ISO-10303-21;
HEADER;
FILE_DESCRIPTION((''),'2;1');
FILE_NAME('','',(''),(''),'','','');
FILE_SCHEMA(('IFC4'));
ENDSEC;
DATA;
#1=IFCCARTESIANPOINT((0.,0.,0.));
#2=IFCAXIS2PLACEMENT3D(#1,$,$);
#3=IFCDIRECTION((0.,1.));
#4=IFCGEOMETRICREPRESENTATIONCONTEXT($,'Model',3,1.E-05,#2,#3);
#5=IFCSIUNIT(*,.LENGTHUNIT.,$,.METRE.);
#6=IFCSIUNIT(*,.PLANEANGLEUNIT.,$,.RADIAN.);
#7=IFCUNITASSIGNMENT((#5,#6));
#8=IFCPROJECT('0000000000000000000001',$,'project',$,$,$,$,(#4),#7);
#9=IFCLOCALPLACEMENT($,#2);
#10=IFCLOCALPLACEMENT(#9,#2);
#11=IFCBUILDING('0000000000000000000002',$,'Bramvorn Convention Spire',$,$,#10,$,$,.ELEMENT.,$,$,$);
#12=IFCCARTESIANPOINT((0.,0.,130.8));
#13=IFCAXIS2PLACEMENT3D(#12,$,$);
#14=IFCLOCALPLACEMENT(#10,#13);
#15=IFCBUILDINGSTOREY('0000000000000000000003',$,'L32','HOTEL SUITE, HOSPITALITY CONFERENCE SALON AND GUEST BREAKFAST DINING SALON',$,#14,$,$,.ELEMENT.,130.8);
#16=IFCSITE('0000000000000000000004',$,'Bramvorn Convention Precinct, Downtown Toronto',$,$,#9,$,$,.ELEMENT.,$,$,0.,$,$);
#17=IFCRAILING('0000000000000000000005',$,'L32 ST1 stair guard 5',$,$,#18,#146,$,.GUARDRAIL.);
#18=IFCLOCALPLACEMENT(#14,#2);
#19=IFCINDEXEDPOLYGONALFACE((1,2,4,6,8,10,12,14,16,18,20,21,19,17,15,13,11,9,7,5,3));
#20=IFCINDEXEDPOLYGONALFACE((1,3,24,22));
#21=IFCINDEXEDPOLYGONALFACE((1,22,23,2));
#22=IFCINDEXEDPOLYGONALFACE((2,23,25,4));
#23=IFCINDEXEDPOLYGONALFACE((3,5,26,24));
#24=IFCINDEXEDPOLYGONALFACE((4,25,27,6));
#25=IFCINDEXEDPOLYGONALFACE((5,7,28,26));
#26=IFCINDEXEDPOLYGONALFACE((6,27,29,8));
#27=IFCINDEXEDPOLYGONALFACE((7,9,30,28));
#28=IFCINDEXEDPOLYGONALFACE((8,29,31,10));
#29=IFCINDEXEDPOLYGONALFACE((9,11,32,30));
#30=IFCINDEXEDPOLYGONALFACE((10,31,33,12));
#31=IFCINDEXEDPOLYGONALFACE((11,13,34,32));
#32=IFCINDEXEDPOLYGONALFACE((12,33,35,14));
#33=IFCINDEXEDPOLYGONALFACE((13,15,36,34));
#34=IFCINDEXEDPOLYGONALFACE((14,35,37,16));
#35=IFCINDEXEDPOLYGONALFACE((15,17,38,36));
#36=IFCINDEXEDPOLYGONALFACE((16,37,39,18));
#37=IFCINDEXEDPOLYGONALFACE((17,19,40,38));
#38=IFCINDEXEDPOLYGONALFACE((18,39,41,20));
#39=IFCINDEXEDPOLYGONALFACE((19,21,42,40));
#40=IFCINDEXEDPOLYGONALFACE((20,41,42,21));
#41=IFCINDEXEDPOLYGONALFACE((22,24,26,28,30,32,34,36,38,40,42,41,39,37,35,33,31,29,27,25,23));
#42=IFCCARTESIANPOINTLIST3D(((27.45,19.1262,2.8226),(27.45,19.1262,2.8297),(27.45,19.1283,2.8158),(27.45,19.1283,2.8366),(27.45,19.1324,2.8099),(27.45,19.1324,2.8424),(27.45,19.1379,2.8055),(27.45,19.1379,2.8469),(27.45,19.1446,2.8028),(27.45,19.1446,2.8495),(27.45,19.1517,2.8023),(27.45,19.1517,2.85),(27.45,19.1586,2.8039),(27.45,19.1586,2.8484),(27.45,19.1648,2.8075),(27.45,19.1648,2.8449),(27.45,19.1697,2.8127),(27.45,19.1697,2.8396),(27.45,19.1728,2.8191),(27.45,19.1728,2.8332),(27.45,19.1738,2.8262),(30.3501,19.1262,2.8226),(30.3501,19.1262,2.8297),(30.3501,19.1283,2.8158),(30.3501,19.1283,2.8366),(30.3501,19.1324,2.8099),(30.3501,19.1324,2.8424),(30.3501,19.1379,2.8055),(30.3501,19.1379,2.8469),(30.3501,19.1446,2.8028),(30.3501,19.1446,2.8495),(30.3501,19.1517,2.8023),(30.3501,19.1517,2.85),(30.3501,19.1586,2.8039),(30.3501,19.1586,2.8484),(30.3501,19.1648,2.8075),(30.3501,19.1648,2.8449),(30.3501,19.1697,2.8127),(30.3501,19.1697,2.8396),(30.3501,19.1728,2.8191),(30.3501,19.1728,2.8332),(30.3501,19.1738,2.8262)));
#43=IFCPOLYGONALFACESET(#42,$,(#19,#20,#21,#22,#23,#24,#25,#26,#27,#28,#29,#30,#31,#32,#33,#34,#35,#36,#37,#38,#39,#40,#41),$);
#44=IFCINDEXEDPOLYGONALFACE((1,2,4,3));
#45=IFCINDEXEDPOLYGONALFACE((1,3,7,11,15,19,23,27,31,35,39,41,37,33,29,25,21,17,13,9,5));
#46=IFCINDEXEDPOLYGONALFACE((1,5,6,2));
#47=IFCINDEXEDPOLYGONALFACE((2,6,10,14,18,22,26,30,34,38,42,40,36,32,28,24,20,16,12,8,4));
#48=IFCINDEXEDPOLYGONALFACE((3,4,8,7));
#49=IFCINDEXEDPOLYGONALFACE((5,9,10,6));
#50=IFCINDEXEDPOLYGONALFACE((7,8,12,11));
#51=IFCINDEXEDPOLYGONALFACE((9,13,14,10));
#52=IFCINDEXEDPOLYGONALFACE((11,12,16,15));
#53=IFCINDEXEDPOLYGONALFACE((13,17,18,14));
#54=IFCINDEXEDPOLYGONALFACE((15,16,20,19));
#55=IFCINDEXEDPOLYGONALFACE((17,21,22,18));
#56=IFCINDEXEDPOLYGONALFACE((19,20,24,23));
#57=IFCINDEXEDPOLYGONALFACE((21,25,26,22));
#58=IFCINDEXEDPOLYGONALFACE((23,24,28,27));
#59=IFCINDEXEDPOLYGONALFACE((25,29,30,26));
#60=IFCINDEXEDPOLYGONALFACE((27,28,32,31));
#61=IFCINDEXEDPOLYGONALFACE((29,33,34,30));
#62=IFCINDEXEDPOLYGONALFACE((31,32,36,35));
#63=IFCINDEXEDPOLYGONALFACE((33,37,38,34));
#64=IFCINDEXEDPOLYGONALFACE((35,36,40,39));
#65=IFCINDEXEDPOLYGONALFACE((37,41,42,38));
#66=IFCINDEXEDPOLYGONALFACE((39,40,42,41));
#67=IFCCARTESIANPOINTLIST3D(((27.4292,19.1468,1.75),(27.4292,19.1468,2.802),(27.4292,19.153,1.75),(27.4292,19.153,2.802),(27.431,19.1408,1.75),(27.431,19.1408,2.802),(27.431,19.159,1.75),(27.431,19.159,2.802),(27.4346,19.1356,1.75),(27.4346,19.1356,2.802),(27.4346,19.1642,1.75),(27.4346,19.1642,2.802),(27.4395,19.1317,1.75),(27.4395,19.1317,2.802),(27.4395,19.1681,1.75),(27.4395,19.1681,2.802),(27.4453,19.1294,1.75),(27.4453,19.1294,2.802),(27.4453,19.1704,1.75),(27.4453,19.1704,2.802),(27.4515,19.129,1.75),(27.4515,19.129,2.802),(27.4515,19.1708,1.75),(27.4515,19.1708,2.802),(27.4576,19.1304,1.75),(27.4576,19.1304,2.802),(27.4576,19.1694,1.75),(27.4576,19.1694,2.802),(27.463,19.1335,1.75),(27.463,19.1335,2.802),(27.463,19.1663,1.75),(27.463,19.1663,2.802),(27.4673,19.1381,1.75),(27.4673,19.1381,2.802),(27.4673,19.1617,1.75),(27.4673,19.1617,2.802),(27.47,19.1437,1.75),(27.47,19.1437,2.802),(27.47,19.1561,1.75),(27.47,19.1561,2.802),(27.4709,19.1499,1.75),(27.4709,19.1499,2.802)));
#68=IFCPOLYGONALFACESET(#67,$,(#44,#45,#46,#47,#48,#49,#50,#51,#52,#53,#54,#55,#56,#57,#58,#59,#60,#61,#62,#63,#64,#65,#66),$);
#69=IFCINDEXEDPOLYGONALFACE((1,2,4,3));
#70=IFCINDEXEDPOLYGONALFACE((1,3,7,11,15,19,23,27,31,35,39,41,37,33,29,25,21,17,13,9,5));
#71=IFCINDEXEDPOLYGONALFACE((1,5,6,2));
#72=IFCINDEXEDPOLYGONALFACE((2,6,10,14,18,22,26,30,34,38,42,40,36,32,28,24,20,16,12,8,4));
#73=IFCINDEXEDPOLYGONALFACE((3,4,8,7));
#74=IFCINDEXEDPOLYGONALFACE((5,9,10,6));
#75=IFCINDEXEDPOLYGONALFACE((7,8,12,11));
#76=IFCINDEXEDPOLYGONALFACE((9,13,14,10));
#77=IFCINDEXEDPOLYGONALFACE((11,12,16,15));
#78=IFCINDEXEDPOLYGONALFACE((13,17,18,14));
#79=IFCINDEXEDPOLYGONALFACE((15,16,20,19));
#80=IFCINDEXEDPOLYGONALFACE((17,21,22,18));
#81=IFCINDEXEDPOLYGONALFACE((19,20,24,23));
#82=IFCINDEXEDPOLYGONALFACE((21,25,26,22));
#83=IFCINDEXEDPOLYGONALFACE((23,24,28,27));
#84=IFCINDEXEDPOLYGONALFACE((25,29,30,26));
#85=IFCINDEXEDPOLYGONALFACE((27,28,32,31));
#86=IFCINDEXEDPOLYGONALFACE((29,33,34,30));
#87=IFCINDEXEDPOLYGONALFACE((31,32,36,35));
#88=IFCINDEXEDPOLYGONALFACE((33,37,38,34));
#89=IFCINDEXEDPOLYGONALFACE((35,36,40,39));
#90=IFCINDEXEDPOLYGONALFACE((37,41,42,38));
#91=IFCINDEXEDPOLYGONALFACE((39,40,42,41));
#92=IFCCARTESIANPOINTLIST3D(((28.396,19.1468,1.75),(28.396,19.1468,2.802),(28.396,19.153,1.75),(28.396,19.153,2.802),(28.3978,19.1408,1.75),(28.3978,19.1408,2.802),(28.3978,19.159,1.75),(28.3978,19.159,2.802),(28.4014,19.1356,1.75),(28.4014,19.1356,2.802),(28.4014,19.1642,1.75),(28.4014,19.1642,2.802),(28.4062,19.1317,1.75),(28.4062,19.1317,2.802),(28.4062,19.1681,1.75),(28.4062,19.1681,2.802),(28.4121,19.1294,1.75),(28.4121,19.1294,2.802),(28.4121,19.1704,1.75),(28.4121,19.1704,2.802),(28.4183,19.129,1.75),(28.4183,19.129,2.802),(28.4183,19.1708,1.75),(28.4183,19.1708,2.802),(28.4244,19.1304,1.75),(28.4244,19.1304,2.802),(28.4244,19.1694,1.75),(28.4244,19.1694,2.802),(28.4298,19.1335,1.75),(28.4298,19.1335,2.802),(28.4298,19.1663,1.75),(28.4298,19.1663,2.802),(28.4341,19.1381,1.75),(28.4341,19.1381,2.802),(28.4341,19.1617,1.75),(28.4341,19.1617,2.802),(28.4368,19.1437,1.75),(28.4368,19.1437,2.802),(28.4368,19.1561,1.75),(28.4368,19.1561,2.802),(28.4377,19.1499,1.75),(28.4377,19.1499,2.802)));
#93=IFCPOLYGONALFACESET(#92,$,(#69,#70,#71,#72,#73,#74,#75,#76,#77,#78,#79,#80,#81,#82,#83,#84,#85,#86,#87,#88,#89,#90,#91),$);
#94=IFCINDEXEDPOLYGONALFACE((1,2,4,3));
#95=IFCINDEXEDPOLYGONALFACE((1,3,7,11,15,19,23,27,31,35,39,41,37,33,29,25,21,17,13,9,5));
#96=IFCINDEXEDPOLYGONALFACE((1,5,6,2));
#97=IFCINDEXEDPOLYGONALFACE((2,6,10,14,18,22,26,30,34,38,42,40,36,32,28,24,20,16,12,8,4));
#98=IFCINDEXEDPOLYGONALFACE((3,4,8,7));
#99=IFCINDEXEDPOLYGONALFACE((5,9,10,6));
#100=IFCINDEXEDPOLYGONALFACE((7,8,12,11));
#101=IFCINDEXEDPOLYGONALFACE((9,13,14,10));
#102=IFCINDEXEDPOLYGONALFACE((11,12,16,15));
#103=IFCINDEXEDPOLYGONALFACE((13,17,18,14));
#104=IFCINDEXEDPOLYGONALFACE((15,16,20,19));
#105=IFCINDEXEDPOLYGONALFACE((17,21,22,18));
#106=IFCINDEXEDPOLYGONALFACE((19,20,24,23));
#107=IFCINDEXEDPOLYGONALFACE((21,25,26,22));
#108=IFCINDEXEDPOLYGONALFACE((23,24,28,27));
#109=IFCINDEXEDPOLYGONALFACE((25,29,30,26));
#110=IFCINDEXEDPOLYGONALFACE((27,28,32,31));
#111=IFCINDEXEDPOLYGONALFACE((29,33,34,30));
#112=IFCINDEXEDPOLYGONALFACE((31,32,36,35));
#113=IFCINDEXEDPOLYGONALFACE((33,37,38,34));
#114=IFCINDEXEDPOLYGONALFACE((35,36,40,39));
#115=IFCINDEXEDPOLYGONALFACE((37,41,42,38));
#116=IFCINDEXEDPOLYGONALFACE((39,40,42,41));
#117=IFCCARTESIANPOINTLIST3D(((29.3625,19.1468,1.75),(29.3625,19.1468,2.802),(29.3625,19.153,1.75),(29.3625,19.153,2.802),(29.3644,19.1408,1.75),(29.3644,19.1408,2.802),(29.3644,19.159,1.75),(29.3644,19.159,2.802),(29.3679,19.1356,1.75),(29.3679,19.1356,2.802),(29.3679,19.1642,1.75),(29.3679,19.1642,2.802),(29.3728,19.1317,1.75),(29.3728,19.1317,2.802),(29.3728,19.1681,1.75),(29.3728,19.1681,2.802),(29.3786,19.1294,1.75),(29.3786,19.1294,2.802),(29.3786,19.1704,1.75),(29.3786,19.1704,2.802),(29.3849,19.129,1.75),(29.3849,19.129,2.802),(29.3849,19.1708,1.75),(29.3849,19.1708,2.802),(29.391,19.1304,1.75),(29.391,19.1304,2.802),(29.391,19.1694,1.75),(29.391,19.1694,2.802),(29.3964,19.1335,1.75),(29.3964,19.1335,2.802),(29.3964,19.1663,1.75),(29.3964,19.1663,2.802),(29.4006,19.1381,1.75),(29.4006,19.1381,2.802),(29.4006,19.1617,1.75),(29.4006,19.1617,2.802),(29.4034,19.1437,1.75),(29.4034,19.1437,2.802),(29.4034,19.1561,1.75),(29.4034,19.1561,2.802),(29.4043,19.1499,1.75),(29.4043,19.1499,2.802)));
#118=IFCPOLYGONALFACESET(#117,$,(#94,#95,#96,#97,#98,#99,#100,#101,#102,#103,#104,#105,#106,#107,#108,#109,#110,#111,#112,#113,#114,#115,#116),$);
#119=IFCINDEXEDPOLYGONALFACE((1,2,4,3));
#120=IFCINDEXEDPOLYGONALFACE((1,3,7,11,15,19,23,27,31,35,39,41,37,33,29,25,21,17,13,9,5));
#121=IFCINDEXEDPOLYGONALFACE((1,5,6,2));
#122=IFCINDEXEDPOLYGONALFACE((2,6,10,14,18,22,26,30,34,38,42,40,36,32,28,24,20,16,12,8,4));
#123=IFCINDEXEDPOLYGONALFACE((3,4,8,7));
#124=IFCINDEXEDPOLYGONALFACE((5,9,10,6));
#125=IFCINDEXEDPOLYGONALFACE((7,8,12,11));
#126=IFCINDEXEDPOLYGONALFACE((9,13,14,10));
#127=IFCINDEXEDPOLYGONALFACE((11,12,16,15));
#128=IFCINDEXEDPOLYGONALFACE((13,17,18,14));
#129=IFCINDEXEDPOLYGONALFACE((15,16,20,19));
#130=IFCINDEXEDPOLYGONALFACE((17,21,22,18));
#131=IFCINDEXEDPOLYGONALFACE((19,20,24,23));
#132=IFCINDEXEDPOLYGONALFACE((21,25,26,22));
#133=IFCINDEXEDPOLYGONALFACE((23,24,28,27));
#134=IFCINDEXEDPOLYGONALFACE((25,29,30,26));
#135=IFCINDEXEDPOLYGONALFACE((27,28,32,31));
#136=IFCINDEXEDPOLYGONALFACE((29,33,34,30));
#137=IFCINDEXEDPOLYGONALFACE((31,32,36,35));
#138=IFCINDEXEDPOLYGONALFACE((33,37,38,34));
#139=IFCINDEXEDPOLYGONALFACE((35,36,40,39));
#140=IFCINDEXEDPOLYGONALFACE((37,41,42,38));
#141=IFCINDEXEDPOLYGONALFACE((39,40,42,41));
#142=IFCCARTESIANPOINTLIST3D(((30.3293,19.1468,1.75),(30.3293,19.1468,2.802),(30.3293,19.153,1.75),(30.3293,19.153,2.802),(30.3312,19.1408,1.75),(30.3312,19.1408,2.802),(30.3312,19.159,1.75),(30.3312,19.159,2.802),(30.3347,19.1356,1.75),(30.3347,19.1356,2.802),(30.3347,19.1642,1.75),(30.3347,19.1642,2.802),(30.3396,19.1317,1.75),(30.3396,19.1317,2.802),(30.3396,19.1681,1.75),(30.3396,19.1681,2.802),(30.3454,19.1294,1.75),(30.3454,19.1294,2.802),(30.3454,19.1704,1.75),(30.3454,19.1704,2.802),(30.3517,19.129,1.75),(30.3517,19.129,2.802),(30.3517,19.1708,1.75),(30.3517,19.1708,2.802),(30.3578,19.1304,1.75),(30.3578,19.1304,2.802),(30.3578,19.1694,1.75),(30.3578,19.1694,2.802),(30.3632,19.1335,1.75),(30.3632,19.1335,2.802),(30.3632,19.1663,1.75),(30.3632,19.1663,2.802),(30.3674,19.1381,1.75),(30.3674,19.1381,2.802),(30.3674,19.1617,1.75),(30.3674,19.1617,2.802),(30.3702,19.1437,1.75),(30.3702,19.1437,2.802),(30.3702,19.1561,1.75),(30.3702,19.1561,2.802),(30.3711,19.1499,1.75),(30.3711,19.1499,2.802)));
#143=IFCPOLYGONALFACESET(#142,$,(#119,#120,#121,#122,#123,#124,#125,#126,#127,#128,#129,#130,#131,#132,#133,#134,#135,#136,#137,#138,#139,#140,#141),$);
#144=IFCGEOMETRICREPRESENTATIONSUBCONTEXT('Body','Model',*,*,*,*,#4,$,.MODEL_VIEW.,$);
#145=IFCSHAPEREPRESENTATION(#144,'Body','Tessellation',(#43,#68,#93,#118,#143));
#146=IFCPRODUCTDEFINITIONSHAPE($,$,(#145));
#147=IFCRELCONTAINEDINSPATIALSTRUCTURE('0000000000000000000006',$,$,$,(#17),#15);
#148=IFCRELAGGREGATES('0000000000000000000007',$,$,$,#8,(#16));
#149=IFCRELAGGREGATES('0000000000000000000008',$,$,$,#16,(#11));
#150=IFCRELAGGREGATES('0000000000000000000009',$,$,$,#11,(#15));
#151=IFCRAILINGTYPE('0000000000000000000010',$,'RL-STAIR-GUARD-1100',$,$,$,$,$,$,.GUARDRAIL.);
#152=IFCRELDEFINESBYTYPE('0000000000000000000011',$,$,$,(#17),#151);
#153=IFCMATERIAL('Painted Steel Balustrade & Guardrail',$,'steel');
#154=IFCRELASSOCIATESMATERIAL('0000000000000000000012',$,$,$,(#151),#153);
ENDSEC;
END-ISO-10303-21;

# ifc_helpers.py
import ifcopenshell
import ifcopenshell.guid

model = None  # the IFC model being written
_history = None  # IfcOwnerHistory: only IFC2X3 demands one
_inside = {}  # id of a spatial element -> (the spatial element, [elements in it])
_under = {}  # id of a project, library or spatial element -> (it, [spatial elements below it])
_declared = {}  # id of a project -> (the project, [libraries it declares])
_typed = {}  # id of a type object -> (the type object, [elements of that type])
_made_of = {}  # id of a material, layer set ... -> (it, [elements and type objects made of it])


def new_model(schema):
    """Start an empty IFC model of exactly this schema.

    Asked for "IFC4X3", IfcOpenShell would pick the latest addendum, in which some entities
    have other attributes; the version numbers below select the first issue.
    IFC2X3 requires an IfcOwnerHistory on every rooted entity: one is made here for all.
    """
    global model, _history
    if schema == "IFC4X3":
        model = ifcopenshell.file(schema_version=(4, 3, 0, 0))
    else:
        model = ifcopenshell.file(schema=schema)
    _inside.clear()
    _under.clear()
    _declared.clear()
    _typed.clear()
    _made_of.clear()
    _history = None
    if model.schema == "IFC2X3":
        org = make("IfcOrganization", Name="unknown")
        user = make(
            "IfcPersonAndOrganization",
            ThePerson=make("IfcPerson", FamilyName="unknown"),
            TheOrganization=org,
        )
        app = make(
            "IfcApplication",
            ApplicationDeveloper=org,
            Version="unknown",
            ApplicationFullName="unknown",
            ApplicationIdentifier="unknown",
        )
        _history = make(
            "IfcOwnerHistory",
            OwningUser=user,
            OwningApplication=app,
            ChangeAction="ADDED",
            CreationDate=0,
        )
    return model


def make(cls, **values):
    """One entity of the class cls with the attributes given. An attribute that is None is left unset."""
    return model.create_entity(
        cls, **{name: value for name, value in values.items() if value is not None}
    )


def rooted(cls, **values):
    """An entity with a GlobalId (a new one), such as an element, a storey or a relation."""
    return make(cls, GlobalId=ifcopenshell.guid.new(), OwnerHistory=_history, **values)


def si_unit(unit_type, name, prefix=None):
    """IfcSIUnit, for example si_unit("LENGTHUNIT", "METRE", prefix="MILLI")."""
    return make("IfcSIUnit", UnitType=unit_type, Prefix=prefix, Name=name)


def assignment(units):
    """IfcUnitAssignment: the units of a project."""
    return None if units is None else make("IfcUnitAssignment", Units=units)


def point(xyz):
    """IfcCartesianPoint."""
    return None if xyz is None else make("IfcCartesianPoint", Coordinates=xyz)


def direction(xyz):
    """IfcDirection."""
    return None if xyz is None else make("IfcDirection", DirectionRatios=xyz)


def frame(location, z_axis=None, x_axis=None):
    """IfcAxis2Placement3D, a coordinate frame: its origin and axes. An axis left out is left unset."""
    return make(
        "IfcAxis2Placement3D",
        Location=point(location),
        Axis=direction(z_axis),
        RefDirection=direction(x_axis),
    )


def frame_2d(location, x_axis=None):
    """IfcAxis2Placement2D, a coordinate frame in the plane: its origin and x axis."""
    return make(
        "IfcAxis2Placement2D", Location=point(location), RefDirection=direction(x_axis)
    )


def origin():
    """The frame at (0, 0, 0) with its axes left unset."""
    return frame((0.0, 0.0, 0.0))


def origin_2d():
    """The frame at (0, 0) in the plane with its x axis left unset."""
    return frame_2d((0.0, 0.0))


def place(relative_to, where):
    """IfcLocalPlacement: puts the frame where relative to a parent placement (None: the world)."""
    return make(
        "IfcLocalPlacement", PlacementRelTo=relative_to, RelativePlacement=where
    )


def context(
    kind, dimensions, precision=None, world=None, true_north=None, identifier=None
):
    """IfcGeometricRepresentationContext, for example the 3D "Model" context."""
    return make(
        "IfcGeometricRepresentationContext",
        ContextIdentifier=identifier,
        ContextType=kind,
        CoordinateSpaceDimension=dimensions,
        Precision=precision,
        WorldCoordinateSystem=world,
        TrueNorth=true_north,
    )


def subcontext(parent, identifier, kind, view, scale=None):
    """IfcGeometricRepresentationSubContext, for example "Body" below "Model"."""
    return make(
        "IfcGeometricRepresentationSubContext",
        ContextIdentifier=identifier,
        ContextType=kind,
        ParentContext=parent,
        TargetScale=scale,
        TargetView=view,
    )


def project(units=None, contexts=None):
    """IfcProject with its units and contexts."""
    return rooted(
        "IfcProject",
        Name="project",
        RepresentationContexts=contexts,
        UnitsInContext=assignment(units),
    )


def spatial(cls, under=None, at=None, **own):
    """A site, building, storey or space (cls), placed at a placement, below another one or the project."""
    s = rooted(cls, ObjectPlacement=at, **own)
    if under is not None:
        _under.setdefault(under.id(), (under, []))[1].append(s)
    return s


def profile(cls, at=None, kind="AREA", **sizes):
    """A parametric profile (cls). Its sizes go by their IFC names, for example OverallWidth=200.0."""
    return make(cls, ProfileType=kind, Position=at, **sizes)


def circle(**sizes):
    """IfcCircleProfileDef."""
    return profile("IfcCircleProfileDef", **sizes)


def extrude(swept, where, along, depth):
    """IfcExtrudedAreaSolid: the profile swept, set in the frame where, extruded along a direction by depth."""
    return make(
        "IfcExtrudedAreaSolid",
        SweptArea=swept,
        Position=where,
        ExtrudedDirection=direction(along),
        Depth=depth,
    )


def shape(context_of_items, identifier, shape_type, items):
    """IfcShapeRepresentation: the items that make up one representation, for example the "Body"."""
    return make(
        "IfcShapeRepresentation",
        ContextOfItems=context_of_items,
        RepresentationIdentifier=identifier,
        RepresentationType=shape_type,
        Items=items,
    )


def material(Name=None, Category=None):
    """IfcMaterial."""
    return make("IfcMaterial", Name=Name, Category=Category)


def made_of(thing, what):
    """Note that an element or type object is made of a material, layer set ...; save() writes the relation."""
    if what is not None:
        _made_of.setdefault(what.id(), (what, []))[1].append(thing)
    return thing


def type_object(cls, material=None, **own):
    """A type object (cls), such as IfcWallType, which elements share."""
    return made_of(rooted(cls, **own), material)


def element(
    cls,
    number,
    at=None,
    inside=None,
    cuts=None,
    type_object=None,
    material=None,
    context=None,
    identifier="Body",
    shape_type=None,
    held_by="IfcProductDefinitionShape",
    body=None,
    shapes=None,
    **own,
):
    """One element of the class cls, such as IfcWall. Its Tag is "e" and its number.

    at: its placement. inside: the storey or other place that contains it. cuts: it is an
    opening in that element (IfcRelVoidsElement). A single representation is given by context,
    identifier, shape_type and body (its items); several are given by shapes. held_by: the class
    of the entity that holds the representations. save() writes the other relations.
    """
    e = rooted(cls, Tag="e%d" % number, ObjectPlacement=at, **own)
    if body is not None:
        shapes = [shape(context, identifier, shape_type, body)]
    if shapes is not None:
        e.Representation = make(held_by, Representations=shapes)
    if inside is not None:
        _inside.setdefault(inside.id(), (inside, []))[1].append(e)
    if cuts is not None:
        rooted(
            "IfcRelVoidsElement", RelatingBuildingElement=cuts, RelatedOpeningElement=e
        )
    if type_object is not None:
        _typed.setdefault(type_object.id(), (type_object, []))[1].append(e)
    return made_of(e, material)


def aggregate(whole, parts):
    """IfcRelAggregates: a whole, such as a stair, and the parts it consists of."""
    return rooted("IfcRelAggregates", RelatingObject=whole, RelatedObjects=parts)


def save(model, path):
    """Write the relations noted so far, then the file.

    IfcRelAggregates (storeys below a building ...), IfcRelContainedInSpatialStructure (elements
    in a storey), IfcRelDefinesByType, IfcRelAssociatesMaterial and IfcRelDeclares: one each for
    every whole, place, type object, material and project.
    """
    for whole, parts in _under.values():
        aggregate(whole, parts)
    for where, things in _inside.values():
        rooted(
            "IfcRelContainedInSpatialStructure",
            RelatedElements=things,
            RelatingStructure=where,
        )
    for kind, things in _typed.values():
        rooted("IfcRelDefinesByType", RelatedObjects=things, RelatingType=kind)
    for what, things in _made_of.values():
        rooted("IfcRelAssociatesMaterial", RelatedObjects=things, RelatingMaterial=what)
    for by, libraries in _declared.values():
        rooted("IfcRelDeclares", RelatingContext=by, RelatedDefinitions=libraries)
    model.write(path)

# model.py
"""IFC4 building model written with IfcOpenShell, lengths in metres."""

from ifc_helpers import new_model, si_unit, direction, frame, origin, origin_2d, place, context, subcontext, project, spatial, circle, extrude, material, type_object, element, save


model = new_model("IFC4")

# Units and contexts
model_context = context("Model", 3, precision=1e-05, world=origin(), true_north=direction((0.0, 1.0)))
body_context = subcontext(model_context, "Body", "Model", "MODEL_VIEW")
ifc_project = project(units=[si_unit("LENGTHUNIT", "METRE"), si_unit("PLANEANGLEUNIT", "RADIAN")], contexts=[model_context])

# Site, building, storey
site_placement = place(None, origin())
site = spatial("IfcSite", under=ifc_project, at=site_placement, Name="Bramvorn Convention Precinct, Downtown Toronto", CompositionType="ELEMENT", RefElevation=0.0)
building_placement = place(site_placement, origin())
building = spatial("IfcBuilding", under=site, at=building_placement, Name="Bramvorn Convention Spire", CompositionType="ELEMENT")
storey_placement = place(building_placement, frame((0.0, 0.0, 130.8)))
storey = spatial("IfcBuildingStorey", under=building, at=storey_placement, Name="L32", Description="HOTEL SUITE, HOSPITALITY CONFERENCE SALON AND GUEST BREAKFAST DINING SALON", CompositionType="ELEMENT", Elevation=130.8)

# Railing
ifc_material_1 = material(Name="Painted Steel Balustrade & Guardrail", Category="steel")
railing_type = type_object("IfcRailingType", Name="RL-STAIR-GUARD-1100", PredefinedType="GUARDRAIL", material=ifc_material_1)
railing_1_placement = place(storey_placement, frame((27.45, 19.1499, 1.75)))
element("IfcRailing", 1, at=railing_1_placement, inside=storey, type_object=railing_type, Name="L32 ST1 stair guard 5", PredefinedType="GUARDRAIL", context=body_context, shape_type="SweptSolid", body=[
    extrude(circle(Radius=0.0239, at=origin_2d()), frame((0.0, 0.0, 1.0762), z_axis=(1.0, 0.0, 0.0), x_axis=(0.0, 1.0, 0.0)), (0.0, 0.0, 1.0), 2.9001),
    extrude(circle(Radius=0.021, at=origin_2d()), origin(), (0.0, 0.0, 1.0), 1.052),
    extrude(circle(Radius=0.021, at=origin_2d()), frame((0.9668, 0.0, 0.0)), (0.0, 0.0, 1.0), 1.052),
    extrude(circle(Radius=0.021, at=origin_2d()), frame((1.9333, 0.0, 0.0)), (0.0, 0.0, 1.0), 1.052),
    extrude(circle(Radius=0.021, at=origin_2d()), frame((2.9001, 0.0, 0.0)), (0.0, 0.0, 1.0), 1.052),
])

save(model, "model.ifc")
